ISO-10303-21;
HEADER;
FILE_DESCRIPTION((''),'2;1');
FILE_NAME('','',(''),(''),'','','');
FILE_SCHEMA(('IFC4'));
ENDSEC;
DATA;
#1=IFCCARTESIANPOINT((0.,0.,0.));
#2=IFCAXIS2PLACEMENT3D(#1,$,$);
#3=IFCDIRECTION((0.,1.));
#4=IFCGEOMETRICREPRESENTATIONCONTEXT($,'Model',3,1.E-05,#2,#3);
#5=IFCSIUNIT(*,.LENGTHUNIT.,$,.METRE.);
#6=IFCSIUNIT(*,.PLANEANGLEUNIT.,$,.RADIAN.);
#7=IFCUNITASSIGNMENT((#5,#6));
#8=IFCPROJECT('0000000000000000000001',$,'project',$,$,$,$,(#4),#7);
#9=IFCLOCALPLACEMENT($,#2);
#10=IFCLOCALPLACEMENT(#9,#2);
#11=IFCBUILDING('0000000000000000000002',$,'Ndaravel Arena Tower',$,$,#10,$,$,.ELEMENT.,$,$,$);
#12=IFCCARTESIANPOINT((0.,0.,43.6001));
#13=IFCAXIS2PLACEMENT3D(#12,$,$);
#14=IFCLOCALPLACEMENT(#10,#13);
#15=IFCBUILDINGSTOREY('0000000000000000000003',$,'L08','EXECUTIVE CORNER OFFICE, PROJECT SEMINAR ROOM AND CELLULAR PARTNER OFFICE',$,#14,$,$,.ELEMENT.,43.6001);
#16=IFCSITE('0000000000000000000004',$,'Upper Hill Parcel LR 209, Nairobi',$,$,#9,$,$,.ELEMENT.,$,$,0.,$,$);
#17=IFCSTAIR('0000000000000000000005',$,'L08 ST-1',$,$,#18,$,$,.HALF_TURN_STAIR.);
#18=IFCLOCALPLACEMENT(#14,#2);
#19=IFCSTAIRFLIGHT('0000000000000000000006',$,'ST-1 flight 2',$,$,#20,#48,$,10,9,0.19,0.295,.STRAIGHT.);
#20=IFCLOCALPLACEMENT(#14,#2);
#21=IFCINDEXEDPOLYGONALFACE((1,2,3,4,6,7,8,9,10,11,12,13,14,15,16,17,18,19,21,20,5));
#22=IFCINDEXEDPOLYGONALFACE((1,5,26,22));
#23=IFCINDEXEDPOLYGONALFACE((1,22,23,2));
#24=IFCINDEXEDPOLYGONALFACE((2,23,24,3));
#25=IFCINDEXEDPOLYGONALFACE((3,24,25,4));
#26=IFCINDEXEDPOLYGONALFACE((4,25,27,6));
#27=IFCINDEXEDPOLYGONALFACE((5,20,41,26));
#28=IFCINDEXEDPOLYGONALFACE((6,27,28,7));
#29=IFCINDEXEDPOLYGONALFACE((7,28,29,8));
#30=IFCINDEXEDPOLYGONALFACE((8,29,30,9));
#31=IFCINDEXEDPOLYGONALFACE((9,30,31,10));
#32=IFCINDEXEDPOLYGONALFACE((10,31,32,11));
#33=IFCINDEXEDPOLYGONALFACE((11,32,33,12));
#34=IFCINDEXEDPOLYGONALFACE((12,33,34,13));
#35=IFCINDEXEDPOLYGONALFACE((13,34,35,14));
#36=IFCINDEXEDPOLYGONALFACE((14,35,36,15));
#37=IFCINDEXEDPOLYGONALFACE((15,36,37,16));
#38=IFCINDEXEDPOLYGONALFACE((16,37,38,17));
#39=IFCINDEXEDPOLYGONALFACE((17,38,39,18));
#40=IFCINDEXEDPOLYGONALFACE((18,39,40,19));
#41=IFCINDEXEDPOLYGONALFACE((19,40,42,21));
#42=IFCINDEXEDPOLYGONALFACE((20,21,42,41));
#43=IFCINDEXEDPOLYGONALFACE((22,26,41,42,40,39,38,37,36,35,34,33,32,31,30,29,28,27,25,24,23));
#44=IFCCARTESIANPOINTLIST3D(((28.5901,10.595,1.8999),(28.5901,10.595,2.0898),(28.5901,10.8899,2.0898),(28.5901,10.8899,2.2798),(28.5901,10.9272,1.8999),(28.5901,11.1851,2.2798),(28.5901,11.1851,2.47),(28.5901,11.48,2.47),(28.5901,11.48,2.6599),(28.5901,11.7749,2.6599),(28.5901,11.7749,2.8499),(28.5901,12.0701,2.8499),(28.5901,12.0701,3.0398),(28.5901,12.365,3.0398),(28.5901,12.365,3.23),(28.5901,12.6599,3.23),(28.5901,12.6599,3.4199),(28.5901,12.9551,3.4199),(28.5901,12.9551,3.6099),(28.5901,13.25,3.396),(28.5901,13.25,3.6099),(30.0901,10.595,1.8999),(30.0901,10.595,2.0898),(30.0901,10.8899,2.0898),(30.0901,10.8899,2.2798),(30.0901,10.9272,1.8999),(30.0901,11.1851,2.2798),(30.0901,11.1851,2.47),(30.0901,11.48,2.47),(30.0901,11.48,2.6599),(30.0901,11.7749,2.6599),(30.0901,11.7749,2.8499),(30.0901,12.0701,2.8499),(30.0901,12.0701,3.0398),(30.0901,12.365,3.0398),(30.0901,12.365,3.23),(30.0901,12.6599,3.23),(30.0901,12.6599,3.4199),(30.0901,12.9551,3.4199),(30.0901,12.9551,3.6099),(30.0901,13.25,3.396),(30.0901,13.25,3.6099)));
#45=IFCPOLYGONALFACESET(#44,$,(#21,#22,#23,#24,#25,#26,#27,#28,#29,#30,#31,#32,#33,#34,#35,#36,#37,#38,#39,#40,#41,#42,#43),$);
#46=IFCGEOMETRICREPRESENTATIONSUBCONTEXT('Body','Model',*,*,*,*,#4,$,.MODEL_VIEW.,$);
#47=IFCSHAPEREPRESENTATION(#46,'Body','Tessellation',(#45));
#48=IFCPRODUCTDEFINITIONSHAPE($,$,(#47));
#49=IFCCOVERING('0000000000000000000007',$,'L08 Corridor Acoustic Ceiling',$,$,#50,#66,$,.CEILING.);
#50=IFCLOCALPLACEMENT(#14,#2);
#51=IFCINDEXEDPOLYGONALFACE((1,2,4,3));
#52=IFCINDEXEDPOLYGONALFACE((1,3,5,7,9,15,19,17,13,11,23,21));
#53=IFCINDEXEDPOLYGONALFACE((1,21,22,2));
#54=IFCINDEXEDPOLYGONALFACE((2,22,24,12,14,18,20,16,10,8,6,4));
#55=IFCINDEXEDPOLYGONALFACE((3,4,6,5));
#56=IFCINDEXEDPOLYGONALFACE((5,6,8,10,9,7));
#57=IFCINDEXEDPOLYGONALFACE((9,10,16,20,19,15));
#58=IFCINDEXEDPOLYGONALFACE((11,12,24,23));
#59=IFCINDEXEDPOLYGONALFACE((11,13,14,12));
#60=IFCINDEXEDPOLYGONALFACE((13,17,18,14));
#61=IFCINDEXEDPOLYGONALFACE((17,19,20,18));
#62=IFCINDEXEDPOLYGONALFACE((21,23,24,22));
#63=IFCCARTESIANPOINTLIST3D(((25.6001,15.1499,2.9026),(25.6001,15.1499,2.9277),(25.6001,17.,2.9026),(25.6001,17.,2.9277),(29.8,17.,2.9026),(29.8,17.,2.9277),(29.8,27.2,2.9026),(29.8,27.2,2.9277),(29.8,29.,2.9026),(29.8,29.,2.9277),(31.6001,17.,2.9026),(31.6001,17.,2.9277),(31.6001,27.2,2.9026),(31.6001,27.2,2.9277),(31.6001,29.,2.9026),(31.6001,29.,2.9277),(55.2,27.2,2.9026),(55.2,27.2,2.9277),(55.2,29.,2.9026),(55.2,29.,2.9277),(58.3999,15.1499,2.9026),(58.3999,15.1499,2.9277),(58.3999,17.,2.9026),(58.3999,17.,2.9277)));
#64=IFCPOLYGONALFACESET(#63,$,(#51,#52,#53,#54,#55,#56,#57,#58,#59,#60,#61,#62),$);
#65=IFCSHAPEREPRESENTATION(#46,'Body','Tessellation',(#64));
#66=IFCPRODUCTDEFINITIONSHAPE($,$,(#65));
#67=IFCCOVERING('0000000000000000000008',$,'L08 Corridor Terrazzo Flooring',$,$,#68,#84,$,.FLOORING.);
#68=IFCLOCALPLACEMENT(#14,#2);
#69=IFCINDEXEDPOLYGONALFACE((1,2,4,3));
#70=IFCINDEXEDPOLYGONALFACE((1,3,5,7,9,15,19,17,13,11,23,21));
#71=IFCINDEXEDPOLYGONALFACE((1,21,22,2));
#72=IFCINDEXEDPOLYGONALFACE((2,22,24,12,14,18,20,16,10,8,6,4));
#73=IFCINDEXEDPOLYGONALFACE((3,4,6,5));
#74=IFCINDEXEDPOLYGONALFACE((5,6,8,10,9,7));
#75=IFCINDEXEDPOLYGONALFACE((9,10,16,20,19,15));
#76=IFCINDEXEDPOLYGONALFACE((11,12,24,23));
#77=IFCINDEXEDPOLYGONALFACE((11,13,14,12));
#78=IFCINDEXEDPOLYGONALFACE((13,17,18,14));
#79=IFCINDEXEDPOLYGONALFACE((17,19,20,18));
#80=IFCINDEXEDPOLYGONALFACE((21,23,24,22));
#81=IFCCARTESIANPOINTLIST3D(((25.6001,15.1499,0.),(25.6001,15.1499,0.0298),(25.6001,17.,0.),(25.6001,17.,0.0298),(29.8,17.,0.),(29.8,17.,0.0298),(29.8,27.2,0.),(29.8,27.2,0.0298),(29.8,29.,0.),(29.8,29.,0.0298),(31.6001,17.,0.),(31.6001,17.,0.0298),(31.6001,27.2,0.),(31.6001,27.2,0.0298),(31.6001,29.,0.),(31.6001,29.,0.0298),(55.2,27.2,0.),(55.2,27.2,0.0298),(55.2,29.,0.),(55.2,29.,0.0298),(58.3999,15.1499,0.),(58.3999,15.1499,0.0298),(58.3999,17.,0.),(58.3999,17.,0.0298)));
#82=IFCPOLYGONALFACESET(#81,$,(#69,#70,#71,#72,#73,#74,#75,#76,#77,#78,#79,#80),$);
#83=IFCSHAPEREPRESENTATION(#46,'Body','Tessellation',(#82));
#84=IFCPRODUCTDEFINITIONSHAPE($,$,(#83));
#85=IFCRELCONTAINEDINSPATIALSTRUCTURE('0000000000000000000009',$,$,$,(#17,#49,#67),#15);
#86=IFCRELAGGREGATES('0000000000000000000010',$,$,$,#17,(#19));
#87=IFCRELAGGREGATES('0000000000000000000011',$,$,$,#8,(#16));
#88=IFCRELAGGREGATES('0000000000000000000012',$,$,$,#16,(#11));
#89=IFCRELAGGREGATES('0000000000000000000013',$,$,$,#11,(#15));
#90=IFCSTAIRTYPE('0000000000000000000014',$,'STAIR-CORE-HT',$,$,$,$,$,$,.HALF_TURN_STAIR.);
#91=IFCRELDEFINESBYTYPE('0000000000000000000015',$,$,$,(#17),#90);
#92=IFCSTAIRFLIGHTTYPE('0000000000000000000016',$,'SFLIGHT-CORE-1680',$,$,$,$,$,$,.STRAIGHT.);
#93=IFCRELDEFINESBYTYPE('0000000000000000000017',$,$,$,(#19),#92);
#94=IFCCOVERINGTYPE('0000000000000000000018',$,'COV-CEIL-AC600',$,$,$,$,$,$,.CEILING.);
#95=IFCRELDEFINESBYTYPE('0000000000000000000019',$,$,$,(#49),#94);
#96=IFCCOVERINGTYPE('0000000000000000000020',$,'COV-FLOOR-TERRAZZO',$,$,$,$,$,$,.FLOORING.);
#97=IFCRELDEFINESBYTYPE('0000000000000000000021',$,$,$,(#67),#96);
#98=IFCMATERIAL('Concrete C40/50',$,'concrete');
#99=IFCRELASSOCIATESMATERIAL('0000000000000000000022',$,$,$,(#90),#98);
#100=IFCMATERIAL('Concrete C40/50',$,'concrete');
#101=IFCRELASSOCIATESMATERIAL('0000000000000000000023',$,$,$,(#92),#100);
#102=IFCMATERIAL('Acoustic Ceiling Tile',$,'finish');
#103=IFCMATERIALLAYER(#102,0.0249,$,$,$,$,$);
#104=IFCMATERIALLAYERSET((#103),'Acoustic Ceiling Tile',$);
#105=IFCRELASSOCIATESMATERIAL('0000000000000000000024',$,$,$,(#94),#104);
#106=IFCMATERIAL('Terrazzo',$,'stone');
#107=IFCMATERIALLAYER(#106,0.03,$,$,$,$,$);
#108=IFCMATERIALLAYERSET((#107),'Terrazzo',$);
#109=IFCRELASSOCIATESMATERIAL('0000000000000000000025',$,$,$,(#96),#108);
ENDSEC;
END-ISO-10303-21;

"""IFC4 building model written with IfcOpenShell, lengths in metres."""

from ifc_helpers import new_model, si_unit, direction, frame, origin, place, context, subcontext, project, spatial, polyline, outline, extrude, material, layer, layer_set, type_object, element, aggregate, save


model = new_model("IFC4")

# Units and contexts
model_context = context("Model", 3, precision=1e-05, world=origin(), true_north=direction((0.0, 1.0)))
body_context = subcontext(model_context, "Body", "Model", "MODEL_VIEW")
ifc_project = project(units=[si_unit("LENGTHUNIT", "METRE"), si_unit("PLANEANGLEUNIT", "RADIAN")], contexts=[model_context])

# Site, building, storey
site_placement = place(None, origin())
site = spatial("IfcSite", under=ifc_project, at=site_placement, Name="Upper Hill Parcel LR 209, Nairobi", CompositionType="ELEMENT", RefElevation=0.0)
building_placement = place(site_placement, origin())
building = spatial("IfcBuilding", under=site, at=building_placement, Name="Ndaravel Arena Tower", CompositionType="ELEMENT")
storey_placement = place(building_placement, frame((0.0, 0.0, 43.6001)))
storey = spatial("IfcBuildingStorey", under=building, at=storey_placement, Name="L08", Description="EXECUTIVE CORNER OFFICE, PROJECT SEMINAR ROOM AND CELLULAR PARTNER OFFICE", CompositionType="ELEMENT", Elevation=43.6001)

# Stair
ifc_material_1 = material(Name="Concrete C40/50", Category="concrete")
stair_type = type_object("IfcStairType", Name="STAIR-CORE-HT", PredefinedType="HALF_TURN_STAIR", material=ifc_material_1)
stair_1_placement = place(storey_placement, origin())
stair_1 = element("IfcStair", 1, at=stair_1_placement, inside=storey, type_object=stair_type, Name="L08 ST-1", PredefinedType="HALF_TURN_STAIR")

# Stair flight
ifc_material_2 = material(Name="Concrete C40/50", Category="concrete")
stair_flight_type = type_object("IfcStairFlightType", Name="SFLIGHT-CORE-1680", PredefinedType="STRAIGHT", material=ifc_material_2)
stair_flight_1_placement = place(storey_placement, frame((29.3401, 10.595, 1.8999), z_axis=(0.0, 0.0, 1.0), x_axis=(0.0, 1.0, 0.0)))
stair_flight_1 = element("IfcStairFlight", 2, at=stair_flight_1_placement, type_object=stair_flight_type, Name="ST-1 flight 2", NumberOfRisers=10, NumberOfTreads=9, PredefinedType="STRAIGHT", RiserHeight=0.19, TreadLength=0.295, context=body_context, shape_type="SweptSolid", body=[
    extrude(outline(polyline([(0.0, 0.0), (0.0, 0.1899), (0.2949, 0.1899), (0.2949, 0.3799), (0.5901, 0.3799), (0.5901, 0.5701), (0.885, 0.5701), (0.885, 0.76), (1.1799, 0.76), (1.1799, 0.95), (1.4751, 0.95), (1.4751, 1.1399), (1.77, 1.1399), (1.77, 1.3301), (2.0649, 1.3301), (2.0649, 1.52), (2.3601, 1.52), (2.3601, 1.71), (2.655, 1.71), (2.655, 1.8999), (2.655, 1.4961), (0.3323, 0.0), (0.0, 0.0)])), frame((0.0, 0.75, 0.0), z_axis=(0.0, -1.0, 0.0), x_axis=(1.0, 0.0, 0.0)), (0.0, 0.0, 1.0), 1.5),
])
aggregate(stair_1, [stair_flight_1])

# Coverings
ifc_material_3 = material(Name="Acoustic Ceiling Tile", Category="finish")
ifc_layer_1 = layer(ifc_material_3, 0.0249)
ifc_layer_set_1 = layer_set([ifc_layer_1], Name="Acoustic Ceiling Tile")
covering_type_1 = type_object("IfcCoveringType", Name="COV-CEIL-AC600", PredefinedType="CEILING", material=ifc_layer_set_1)
covering_1_placement = place(storey_placement, frame((0.0, 0.0, 2.9026)))
element("IfcCovering", 3, at=covering_1_placement, inside=storey, type_object=covering_type_1, Name="L08 Corridor Acoustic Ceiling", PredefinedType="CEILING", context=body_context, shape_type="SweptSolid", body=[
    extrude(outline(polyline([(58.3999, 17.0), (31.6001, 17.0), (31.6001, 27.2), (55.2, 27.2), (55.2, 29.0), (31.6001, 29.0), (29.8, 29.0), (29.8, 27.2), (29.8, 17.0), (25.6001, 17.0), (25.6001, 15.1499), (58.3999, 15.1499), (58.3999, 17.0)])), origin(), (0.0, 0.0, 1.0), 0.0251),
])
ifc_material_4 = material(Name="Terrazzo", Category="stone")
ifc_layer_2 = layer(ifc_material_4, 0.03)
ifc_layer_set_2 = layer_set([ifc_layer_2], Name="Terrazzo")
covering_type_2 = type_object("IfcCoveringType", Name="COV-FLOOR-TERRAZZO", PredefinedType="FLOORING", material=ifc_layer_set_2)
covering_2_placement = place(storey_placement, origin())
element("IfcCovering", 4, at=covering_2_placement, inside=storey, type_object=covering_type_2, Name="L08 Corridor Terrazzo Flooring", PredefinedType="FLOORING", context=body_context, shape_type="SweptSolid", body=[
    extrude(outline(polyline([(58.3999, 17.0), (31.6001, 17.0), (31.6001, 27.2), (55.2, 27.2), (55.2, 29.0), (31.6001, 29.0), (29.8, 29.0), (29.8, 27.2), (29.8, 17.0), (25.6001, 17.0), (25.6001, 15.1499), (58.3999, 15.1499), (58.3999, 17.0)])), origin(), (0.0, 0.0, 1.0), 0.0298),
])

save(model, "model.ifc")
